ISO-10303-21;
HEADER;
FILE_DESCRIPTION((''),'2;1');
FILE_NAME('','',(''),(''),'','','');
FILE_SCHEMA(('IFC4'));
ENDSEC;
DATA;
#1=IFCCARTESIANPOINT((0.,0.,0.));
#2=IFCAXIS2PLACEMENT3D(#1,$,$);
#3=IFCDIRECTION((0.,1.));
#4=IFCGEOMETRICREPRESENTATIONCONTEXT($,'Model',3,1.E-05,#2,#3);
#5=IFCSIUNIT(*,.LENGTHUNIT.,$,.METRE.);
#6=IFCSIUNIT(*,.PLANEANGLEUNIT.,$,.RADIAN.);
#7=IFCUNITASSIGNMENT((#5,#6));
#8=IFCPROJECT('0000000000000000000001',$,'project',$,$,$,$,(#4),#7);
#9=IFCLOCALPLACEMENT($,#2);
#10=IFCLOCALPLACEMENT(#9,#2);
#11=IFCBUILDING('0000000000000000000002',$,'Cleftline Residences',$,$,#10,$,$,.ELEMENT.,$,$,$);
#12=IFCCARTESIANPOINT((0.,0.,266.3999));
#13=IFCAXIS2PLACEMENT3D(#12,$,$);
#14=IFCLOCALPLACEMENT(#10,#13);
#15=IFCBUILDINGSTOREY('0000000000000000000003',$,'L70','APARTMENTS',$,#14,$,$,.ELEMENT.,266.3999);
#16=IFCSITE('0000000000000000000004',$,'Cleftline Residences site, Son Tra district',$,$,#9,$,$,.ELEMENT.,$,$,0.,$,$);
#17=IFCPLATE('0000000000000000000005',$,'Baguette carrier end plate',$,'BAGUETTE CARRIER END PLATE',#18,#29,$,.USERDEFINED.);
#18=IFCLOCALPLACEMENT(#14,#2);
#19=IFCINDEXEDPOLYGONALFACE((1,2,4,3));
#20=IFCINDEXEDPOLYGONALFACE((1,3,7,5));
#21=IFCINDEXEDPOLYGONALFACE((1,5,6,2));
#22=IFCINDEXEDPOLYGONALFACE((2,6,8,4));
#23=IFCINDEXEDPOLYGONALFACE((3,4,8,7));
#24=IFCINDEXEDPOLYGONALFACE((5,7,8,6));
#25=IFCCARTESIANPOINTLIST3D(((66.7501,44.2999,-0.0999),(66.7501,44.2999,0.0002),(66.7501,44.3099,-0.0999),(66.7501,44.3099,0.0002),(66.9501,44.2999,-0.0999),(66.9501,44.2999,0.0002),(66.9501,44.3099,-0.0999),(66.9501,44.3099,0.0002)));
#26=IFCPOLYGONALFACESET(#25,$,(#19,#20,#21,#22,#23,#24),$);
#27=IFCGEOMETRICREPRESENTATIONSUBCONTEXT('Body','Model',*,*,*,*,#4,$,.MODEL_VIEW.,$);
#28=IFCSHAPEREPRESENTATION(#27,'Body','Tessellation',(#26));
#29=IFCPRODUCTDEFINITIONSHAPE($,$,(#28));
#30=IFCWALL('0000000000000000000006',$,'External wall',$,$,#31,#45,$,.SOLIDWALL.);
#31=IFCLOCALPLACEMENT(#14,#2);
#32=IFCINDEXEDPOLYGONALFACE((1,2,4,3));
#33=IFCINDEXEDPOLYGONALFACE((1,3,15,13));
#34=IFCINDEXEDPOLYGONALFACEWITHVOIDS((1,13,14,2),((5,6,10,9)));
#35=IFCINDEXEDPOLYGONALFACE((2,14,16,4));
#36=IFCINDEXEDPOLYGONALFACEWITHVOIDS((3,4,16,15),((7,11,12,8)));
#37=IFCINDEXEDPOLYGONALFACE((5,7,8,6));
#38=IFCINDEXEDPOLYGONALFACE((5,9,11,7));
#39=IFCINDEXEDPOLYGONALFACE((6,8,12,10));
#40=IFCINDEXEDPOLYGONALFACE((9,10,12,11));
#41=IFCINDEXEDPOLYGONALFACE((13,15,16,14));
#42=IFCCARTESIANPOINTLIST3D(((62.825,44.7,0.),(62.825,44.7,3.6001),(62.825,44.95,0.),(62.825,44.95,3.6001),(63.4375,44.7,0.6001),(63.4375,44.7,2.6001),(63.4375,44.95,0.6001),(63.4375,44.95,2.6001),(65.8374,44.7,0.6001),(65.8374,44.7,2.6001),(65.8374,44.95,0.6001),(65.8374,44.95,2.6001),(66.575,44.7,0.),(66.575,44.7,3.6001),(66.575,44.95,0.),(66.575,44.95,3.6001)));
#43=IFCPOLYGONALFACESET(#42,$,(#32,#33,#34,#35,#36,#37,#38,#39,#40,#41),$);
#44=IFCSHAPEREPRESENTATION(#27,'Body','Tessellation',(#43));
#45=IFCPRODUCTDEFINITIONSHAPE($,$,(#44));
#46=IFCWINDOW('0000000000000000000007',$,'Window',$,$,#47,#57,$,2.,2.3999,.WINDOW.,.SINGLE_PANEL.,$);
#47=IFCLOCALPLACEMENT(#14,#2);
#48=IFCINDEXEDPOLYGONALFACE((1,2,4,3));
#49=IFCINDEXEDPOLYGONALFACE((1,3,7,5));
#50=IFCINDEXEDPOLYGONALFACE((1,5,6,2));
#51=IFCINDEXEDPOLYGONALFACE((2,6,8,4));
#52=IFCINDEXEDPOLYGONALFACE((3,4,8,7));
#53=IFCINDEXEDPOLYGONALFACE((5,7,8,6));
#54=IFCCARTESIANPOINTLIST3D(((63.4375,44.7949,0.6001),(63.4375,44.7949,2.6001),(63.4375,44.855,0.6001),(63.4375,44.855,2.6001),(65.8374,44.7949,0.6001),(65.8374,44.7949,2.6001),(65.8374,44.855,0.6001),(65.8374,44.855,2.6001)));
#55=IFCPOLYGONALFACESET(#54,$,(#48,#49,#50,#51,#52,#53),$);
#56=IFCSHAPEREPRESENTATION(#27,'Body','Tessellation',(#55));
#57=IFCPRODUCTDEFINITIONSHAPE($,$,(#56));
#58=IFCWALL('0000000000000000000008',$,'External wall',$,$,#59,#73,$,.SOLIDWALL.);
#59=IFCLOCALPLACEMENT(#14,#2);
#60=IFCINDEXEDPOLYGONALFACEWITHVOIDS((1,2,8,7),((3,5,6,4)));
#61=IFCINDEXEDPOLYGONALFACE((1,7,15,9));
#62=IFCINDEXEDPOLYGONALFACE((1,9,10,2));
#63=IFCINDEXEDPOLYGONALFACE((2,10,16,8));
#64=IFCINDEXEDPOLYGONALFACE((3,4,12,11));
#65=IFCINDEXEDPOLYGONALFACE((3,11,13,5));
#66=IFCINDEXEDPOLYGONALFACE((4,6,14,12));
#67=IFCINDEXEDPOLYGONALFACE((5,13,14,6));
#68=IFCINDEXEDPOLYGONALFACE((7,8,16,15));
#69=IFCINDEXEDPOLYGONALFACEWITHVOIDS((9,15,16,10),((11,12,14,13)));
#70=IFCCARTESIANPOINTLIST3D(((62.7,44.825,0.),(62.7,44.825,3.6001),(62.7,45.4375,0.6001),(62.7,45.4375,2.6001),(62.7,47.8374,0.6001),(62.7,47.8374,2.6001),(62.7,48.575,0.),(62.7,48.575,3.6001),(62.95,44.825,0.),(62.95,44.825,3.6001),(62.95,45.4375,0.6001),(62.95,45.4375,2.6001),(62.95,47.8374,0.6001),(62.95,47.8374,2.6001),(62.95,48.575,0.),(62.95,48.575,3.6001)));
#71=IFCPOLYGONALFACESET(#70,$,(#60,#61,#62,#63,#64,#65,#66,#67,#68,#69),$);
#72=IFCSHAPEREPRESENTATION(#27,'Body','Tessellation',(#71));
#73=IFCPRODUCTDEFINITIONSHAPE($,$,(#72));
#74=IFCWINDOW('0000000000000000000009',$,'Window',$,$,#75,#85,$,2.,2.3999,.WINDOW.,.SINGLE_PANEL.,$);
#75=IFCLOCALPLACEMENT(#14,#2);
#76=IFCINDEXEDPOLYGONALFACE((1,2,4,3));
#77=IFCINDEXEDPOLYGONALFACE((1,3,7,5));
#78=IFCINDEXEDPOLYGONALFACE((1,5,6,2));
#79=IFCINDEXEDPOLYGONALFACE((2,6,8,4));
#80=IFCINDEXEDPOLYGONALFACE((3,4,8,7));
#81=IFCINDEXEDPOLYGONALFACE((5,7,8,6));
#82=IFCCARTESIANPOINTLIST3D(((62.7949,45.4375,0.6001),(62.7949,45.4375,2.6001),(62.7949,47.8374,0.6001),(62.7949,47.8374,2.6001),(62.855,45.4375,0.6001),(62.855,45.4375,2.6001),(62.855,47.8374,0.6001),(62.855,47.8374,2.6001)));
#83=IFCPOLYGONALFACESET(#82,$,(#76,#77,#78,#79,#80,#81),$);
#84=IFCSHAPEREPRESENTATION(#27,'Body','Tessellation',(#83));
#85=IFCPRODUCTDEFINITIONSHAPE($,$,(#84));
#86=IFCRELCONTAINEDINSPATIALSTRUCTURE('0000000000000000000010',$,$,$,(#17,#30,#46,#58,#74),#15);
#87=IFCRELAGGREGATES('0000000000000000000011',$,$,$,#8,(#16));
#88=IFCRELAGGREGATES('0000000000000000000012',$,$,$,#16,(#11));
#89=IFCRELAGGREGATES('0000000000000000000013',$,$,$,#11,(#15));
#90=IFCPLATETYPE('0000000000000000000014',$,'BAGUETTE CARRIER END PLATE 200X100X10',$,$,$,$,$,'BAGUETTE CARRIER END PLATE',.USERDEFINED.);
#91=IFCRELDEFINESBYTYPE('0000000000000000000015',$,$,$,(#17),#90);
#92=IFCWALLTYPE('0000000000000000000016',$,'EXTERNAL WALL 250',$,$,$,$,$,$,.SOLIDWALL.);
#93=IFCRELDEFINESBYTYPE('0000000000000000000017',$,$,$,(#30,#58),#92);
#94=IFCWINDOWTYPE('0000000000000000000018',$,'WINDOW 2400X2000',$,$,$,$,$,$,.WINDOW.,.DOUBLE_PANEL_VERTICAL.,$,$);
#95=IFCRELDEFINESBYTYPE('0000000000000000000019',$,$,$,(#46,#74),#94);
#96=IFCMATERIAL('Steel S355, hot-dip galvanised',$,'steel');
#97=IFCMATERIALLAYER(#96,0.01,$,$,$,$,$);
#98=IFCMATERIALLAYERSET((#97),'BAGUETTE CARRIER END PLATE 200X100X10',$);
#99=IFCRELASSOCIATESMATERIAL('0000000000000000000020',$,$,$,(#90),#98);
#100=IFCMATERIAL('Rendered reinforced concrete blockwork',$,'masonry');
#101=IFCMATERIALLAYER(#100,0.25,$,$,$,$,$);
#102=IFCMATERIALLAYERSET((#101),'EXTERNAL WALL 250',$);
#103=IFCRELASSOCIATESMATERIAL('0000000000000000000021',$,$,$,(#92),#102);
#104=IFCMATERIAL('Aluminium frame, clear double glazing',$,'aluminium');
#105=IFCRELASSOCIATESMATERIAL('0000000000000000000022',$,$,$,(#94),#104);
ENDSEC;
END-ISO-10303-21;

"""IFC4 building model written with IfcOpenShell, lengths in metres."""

from ifc_helpers import new_model, si_unit, direction, frame, frame_2d, origin, origin_2d, place, context, subcontext, project, spatial, rectangle, extrude, material, layer, layer_set, type_object, element, fill, save


model = new_model("IFC4")

# Units and contexts
model_context = context("Model", 3, precision=1e-05, world=origin(), true_north=direction((0.0, 1.0)))
body_context = subcontext(model_context, "Body", "Model", "MODEL_VIEW")
ifc_project = project(units=[si_unit("LENGTHUNIT", "METRE"), si_unit("PLANEANGLEUNIT", "RADIAN")], contexts=[model_context])

# Site, building, storey
site_placement = place(None, origin())
site = spatial("IfcSite", under=ifc_project, at=site_placement, Name="Cleftline Residences site, Son Tra district", CompositionType="ELEMENT", RefElevation=0.0)
building_placement = place(site_placement, origin())
building = spatial("IfcBuilding", under=site, at=building_placement, Name="Cleftline Residences", CompositionType="ELEMENT")
storey_placement = place(building_placement, frame((0.0, 0.0, 266.3999)))
storey = spatial("IfcBuildingStorey", under=building, at=storey_placement, Name="L70", Description="APARTMENTS", CompositionType="ELEMENT", Elevation=266.3999)

# Plate
ifc_material_1 = material(Name="Steel S355, hot-dip galvanised", Category="steel")
ifc_layer_1 = layer(ifc_material_1, 0.01)
ifc_layer_set_1 = layer_set([ifc_layer_1], Name="BAGUETTE CARRIER END PLATE 200X100X10")
plate_type = type_object("IfcPlateType", Name="BAGUETTE CARRIER END PLATE 200X100X10", ElementType="BAGUETTE CARRIER END PLATE", PredefinedType="USERDEFINED", material=ifc_layer_set_1)
plate_placement = place(storey_placement, frame((66.8501, 44.3049, -0.0999), z_axis=(0.0, 0.0, 1.0), x_axis=(1.0, 0.0, 0.0)))
element("IfcPlate", 1, at=plate_placement, inside=storey, type_object=plate_type, Name="Baguette carrier end plate", ObjectType="BAGUETTE CARRIER END PLATE", PredefinedType="USERDEFINED", context=body_context, shape_type="SweptSolid", body=[
    extrude(rectangle(XDim=0.2, YDim=0.01, at=origin_2d()), origin(), (0.0, 0.0, 1.0), 0.1001),
])

# Walls, openings, windows
ifc_material_2 = material(Name="Rendered reinforced concrete blockwork", Category="masonry")
ifc_layer_2 = layer(ifc_material_2, 0.25)
ifc_layer_set_2 = layer_set([ifc_layer_2], Name="EXTERNAL WALL 250")
wall_type_1 = type_object("IfcWallType", Name="EXTERNAL WALL 250", PredefinedType="SOLIDWALL", material=ifc_layer_set_2)
wall_1_placement = place(storey_placement, frame((66.575, 44.825, 0.0), z_axis=(0.0, 0.0, 1.0), x_axis=(-1.0, 0.0, 0.0)))
wall_1 = element("IfcWall", 2, at=wall_1_placement, inside=storey, type_object=wall_type_1, Name="External wall", PredefinedType="SOLIDWALL", context=body_context, shape_type="SweptSolid", body=[
    extrude(rectangle(XDim=3.75, YDim=0.25, at=frame_2d((1.875, 0.0))), origin(), (0.0, 0.0, 1.0), 3.6001),
])
opening_1_placement = place(wall_1_placement, frame((0.7375, 0.0, 0.6001)))
opening_1 = element("IfcOpeningElement", 3, at=opening_1_placement, cuts=wall_1, PredefinedType="OPENING", context=body_context, shape_type="SweptSolid", body=[
    extrude(rectangle(XDim=2.3999, YDim=2.0, at=frame_2d((1.2, 1.0))), frame((0.0, 0.135, 0.0), z_axis=(0.0, -1.0, 0.0), x_axis=(1.0, 0.0, 0.0)), (0.0, 0.0, 1.0), 0.27),
])
ifc_material_3 = material(Name="Aluminium frame, clear double glazing", Category="aluminium")
window_type_1 = type_object("IfcWindowType", Name="WINDOW 2400X2000", PartitioningType="DOUBLE_PANEL_VERTICAL", PredefinedType="WINDOW", material=ifc_material_3)
window_1_placement = place(opening_1_placement, origin())
window_1 = element("IfcWindow", 4, at=window_1_placement, inside=storey, type_object=window_type_1, Name="Window", OverallHeight=2.0, OverallWidth=2.3999, PartitioningType="SINGLE_PANEL", PredefinedType="WINDOW", context=body_context, shape_type="SweptSolid", body=[
    extrude(rectangle(XDim=2.3999, YDim=2.0, at=frame_2d((1.2, 1.0))), frame((0.0, 0.03, 0.0), z_axis=(0.0, -1.0, 0.0), x_axis=(1.0, 0.0, 0.0)), (0.0, 0.0, 1.0), 0.0601),
])
fill(opening_1, window_1)
wall_2_placement = place(storey_placement, frame((62.825, 44.825, 0.0), z_axis=(0.0, 0.0, 1.0), x_axis=(0.0, 1.0, 0.0)))
wall_2 = element("IfcWall", 5, at=wall_2_placement, inside=storey, type_object=wall_type_1, Name="External wall", PredefinedType="SOLIDWALL", context=body_context, shape_type="SweptSolid", body=[
    extrude(rectangle(XDim=3.75, YDim=0.25, at=frame_2d((1.875, 0.0))), origin(), (0.0, 0.0, 1.0), 3.6001),
])
opening_2_placement = place(wall_2_placement, frame((0.6125, 0.0, 0.6001)))
opening_2 = element("IfcOpeningElement", 6, at=opening_2_placement, cuts=wall_2, PredefinedType="OPENING", context=body_context, shape_type="SweptSolid", body=[
    extrude(rectangle(XDim=2.3999, YDim=2.0, at=frame_2d((1.2, 1.0))), frame((0.0, 0.135, 0.0), z_axis=(0.0, -1.0, 0.0), x_axis=(1.0, 0.0, 0.0)), (0.0, 0.0, 1.0), 0.27),
])
window_2_placement = place(opening_2_placement, origin())
window_2 = element("IfcWindow", 7, at=window_2_placement, inside=storey, type_object=window_type_1, Name="Window", OverallHeight=2.0, OverallWidth=2.3999, PartitioningType="SINGLE_PANEL", PredefinedType="WINDOW", context=body_context, shape_type="SweptSolid", body=[
    extrude(rectangle(XDim=2.3999, YDim=2.0, at=frame_2d((1.2, 1.0))), frame((0.0, 0.03, 0.0), z_axis=(0.0, -1.0, 0.0), x_axis=(1.0, 0.0, 0.0)), (0.0, 0.0, 1.0), 0.0601),
])
fill(opening_2, window_2)

save(model, "model.ifc")
